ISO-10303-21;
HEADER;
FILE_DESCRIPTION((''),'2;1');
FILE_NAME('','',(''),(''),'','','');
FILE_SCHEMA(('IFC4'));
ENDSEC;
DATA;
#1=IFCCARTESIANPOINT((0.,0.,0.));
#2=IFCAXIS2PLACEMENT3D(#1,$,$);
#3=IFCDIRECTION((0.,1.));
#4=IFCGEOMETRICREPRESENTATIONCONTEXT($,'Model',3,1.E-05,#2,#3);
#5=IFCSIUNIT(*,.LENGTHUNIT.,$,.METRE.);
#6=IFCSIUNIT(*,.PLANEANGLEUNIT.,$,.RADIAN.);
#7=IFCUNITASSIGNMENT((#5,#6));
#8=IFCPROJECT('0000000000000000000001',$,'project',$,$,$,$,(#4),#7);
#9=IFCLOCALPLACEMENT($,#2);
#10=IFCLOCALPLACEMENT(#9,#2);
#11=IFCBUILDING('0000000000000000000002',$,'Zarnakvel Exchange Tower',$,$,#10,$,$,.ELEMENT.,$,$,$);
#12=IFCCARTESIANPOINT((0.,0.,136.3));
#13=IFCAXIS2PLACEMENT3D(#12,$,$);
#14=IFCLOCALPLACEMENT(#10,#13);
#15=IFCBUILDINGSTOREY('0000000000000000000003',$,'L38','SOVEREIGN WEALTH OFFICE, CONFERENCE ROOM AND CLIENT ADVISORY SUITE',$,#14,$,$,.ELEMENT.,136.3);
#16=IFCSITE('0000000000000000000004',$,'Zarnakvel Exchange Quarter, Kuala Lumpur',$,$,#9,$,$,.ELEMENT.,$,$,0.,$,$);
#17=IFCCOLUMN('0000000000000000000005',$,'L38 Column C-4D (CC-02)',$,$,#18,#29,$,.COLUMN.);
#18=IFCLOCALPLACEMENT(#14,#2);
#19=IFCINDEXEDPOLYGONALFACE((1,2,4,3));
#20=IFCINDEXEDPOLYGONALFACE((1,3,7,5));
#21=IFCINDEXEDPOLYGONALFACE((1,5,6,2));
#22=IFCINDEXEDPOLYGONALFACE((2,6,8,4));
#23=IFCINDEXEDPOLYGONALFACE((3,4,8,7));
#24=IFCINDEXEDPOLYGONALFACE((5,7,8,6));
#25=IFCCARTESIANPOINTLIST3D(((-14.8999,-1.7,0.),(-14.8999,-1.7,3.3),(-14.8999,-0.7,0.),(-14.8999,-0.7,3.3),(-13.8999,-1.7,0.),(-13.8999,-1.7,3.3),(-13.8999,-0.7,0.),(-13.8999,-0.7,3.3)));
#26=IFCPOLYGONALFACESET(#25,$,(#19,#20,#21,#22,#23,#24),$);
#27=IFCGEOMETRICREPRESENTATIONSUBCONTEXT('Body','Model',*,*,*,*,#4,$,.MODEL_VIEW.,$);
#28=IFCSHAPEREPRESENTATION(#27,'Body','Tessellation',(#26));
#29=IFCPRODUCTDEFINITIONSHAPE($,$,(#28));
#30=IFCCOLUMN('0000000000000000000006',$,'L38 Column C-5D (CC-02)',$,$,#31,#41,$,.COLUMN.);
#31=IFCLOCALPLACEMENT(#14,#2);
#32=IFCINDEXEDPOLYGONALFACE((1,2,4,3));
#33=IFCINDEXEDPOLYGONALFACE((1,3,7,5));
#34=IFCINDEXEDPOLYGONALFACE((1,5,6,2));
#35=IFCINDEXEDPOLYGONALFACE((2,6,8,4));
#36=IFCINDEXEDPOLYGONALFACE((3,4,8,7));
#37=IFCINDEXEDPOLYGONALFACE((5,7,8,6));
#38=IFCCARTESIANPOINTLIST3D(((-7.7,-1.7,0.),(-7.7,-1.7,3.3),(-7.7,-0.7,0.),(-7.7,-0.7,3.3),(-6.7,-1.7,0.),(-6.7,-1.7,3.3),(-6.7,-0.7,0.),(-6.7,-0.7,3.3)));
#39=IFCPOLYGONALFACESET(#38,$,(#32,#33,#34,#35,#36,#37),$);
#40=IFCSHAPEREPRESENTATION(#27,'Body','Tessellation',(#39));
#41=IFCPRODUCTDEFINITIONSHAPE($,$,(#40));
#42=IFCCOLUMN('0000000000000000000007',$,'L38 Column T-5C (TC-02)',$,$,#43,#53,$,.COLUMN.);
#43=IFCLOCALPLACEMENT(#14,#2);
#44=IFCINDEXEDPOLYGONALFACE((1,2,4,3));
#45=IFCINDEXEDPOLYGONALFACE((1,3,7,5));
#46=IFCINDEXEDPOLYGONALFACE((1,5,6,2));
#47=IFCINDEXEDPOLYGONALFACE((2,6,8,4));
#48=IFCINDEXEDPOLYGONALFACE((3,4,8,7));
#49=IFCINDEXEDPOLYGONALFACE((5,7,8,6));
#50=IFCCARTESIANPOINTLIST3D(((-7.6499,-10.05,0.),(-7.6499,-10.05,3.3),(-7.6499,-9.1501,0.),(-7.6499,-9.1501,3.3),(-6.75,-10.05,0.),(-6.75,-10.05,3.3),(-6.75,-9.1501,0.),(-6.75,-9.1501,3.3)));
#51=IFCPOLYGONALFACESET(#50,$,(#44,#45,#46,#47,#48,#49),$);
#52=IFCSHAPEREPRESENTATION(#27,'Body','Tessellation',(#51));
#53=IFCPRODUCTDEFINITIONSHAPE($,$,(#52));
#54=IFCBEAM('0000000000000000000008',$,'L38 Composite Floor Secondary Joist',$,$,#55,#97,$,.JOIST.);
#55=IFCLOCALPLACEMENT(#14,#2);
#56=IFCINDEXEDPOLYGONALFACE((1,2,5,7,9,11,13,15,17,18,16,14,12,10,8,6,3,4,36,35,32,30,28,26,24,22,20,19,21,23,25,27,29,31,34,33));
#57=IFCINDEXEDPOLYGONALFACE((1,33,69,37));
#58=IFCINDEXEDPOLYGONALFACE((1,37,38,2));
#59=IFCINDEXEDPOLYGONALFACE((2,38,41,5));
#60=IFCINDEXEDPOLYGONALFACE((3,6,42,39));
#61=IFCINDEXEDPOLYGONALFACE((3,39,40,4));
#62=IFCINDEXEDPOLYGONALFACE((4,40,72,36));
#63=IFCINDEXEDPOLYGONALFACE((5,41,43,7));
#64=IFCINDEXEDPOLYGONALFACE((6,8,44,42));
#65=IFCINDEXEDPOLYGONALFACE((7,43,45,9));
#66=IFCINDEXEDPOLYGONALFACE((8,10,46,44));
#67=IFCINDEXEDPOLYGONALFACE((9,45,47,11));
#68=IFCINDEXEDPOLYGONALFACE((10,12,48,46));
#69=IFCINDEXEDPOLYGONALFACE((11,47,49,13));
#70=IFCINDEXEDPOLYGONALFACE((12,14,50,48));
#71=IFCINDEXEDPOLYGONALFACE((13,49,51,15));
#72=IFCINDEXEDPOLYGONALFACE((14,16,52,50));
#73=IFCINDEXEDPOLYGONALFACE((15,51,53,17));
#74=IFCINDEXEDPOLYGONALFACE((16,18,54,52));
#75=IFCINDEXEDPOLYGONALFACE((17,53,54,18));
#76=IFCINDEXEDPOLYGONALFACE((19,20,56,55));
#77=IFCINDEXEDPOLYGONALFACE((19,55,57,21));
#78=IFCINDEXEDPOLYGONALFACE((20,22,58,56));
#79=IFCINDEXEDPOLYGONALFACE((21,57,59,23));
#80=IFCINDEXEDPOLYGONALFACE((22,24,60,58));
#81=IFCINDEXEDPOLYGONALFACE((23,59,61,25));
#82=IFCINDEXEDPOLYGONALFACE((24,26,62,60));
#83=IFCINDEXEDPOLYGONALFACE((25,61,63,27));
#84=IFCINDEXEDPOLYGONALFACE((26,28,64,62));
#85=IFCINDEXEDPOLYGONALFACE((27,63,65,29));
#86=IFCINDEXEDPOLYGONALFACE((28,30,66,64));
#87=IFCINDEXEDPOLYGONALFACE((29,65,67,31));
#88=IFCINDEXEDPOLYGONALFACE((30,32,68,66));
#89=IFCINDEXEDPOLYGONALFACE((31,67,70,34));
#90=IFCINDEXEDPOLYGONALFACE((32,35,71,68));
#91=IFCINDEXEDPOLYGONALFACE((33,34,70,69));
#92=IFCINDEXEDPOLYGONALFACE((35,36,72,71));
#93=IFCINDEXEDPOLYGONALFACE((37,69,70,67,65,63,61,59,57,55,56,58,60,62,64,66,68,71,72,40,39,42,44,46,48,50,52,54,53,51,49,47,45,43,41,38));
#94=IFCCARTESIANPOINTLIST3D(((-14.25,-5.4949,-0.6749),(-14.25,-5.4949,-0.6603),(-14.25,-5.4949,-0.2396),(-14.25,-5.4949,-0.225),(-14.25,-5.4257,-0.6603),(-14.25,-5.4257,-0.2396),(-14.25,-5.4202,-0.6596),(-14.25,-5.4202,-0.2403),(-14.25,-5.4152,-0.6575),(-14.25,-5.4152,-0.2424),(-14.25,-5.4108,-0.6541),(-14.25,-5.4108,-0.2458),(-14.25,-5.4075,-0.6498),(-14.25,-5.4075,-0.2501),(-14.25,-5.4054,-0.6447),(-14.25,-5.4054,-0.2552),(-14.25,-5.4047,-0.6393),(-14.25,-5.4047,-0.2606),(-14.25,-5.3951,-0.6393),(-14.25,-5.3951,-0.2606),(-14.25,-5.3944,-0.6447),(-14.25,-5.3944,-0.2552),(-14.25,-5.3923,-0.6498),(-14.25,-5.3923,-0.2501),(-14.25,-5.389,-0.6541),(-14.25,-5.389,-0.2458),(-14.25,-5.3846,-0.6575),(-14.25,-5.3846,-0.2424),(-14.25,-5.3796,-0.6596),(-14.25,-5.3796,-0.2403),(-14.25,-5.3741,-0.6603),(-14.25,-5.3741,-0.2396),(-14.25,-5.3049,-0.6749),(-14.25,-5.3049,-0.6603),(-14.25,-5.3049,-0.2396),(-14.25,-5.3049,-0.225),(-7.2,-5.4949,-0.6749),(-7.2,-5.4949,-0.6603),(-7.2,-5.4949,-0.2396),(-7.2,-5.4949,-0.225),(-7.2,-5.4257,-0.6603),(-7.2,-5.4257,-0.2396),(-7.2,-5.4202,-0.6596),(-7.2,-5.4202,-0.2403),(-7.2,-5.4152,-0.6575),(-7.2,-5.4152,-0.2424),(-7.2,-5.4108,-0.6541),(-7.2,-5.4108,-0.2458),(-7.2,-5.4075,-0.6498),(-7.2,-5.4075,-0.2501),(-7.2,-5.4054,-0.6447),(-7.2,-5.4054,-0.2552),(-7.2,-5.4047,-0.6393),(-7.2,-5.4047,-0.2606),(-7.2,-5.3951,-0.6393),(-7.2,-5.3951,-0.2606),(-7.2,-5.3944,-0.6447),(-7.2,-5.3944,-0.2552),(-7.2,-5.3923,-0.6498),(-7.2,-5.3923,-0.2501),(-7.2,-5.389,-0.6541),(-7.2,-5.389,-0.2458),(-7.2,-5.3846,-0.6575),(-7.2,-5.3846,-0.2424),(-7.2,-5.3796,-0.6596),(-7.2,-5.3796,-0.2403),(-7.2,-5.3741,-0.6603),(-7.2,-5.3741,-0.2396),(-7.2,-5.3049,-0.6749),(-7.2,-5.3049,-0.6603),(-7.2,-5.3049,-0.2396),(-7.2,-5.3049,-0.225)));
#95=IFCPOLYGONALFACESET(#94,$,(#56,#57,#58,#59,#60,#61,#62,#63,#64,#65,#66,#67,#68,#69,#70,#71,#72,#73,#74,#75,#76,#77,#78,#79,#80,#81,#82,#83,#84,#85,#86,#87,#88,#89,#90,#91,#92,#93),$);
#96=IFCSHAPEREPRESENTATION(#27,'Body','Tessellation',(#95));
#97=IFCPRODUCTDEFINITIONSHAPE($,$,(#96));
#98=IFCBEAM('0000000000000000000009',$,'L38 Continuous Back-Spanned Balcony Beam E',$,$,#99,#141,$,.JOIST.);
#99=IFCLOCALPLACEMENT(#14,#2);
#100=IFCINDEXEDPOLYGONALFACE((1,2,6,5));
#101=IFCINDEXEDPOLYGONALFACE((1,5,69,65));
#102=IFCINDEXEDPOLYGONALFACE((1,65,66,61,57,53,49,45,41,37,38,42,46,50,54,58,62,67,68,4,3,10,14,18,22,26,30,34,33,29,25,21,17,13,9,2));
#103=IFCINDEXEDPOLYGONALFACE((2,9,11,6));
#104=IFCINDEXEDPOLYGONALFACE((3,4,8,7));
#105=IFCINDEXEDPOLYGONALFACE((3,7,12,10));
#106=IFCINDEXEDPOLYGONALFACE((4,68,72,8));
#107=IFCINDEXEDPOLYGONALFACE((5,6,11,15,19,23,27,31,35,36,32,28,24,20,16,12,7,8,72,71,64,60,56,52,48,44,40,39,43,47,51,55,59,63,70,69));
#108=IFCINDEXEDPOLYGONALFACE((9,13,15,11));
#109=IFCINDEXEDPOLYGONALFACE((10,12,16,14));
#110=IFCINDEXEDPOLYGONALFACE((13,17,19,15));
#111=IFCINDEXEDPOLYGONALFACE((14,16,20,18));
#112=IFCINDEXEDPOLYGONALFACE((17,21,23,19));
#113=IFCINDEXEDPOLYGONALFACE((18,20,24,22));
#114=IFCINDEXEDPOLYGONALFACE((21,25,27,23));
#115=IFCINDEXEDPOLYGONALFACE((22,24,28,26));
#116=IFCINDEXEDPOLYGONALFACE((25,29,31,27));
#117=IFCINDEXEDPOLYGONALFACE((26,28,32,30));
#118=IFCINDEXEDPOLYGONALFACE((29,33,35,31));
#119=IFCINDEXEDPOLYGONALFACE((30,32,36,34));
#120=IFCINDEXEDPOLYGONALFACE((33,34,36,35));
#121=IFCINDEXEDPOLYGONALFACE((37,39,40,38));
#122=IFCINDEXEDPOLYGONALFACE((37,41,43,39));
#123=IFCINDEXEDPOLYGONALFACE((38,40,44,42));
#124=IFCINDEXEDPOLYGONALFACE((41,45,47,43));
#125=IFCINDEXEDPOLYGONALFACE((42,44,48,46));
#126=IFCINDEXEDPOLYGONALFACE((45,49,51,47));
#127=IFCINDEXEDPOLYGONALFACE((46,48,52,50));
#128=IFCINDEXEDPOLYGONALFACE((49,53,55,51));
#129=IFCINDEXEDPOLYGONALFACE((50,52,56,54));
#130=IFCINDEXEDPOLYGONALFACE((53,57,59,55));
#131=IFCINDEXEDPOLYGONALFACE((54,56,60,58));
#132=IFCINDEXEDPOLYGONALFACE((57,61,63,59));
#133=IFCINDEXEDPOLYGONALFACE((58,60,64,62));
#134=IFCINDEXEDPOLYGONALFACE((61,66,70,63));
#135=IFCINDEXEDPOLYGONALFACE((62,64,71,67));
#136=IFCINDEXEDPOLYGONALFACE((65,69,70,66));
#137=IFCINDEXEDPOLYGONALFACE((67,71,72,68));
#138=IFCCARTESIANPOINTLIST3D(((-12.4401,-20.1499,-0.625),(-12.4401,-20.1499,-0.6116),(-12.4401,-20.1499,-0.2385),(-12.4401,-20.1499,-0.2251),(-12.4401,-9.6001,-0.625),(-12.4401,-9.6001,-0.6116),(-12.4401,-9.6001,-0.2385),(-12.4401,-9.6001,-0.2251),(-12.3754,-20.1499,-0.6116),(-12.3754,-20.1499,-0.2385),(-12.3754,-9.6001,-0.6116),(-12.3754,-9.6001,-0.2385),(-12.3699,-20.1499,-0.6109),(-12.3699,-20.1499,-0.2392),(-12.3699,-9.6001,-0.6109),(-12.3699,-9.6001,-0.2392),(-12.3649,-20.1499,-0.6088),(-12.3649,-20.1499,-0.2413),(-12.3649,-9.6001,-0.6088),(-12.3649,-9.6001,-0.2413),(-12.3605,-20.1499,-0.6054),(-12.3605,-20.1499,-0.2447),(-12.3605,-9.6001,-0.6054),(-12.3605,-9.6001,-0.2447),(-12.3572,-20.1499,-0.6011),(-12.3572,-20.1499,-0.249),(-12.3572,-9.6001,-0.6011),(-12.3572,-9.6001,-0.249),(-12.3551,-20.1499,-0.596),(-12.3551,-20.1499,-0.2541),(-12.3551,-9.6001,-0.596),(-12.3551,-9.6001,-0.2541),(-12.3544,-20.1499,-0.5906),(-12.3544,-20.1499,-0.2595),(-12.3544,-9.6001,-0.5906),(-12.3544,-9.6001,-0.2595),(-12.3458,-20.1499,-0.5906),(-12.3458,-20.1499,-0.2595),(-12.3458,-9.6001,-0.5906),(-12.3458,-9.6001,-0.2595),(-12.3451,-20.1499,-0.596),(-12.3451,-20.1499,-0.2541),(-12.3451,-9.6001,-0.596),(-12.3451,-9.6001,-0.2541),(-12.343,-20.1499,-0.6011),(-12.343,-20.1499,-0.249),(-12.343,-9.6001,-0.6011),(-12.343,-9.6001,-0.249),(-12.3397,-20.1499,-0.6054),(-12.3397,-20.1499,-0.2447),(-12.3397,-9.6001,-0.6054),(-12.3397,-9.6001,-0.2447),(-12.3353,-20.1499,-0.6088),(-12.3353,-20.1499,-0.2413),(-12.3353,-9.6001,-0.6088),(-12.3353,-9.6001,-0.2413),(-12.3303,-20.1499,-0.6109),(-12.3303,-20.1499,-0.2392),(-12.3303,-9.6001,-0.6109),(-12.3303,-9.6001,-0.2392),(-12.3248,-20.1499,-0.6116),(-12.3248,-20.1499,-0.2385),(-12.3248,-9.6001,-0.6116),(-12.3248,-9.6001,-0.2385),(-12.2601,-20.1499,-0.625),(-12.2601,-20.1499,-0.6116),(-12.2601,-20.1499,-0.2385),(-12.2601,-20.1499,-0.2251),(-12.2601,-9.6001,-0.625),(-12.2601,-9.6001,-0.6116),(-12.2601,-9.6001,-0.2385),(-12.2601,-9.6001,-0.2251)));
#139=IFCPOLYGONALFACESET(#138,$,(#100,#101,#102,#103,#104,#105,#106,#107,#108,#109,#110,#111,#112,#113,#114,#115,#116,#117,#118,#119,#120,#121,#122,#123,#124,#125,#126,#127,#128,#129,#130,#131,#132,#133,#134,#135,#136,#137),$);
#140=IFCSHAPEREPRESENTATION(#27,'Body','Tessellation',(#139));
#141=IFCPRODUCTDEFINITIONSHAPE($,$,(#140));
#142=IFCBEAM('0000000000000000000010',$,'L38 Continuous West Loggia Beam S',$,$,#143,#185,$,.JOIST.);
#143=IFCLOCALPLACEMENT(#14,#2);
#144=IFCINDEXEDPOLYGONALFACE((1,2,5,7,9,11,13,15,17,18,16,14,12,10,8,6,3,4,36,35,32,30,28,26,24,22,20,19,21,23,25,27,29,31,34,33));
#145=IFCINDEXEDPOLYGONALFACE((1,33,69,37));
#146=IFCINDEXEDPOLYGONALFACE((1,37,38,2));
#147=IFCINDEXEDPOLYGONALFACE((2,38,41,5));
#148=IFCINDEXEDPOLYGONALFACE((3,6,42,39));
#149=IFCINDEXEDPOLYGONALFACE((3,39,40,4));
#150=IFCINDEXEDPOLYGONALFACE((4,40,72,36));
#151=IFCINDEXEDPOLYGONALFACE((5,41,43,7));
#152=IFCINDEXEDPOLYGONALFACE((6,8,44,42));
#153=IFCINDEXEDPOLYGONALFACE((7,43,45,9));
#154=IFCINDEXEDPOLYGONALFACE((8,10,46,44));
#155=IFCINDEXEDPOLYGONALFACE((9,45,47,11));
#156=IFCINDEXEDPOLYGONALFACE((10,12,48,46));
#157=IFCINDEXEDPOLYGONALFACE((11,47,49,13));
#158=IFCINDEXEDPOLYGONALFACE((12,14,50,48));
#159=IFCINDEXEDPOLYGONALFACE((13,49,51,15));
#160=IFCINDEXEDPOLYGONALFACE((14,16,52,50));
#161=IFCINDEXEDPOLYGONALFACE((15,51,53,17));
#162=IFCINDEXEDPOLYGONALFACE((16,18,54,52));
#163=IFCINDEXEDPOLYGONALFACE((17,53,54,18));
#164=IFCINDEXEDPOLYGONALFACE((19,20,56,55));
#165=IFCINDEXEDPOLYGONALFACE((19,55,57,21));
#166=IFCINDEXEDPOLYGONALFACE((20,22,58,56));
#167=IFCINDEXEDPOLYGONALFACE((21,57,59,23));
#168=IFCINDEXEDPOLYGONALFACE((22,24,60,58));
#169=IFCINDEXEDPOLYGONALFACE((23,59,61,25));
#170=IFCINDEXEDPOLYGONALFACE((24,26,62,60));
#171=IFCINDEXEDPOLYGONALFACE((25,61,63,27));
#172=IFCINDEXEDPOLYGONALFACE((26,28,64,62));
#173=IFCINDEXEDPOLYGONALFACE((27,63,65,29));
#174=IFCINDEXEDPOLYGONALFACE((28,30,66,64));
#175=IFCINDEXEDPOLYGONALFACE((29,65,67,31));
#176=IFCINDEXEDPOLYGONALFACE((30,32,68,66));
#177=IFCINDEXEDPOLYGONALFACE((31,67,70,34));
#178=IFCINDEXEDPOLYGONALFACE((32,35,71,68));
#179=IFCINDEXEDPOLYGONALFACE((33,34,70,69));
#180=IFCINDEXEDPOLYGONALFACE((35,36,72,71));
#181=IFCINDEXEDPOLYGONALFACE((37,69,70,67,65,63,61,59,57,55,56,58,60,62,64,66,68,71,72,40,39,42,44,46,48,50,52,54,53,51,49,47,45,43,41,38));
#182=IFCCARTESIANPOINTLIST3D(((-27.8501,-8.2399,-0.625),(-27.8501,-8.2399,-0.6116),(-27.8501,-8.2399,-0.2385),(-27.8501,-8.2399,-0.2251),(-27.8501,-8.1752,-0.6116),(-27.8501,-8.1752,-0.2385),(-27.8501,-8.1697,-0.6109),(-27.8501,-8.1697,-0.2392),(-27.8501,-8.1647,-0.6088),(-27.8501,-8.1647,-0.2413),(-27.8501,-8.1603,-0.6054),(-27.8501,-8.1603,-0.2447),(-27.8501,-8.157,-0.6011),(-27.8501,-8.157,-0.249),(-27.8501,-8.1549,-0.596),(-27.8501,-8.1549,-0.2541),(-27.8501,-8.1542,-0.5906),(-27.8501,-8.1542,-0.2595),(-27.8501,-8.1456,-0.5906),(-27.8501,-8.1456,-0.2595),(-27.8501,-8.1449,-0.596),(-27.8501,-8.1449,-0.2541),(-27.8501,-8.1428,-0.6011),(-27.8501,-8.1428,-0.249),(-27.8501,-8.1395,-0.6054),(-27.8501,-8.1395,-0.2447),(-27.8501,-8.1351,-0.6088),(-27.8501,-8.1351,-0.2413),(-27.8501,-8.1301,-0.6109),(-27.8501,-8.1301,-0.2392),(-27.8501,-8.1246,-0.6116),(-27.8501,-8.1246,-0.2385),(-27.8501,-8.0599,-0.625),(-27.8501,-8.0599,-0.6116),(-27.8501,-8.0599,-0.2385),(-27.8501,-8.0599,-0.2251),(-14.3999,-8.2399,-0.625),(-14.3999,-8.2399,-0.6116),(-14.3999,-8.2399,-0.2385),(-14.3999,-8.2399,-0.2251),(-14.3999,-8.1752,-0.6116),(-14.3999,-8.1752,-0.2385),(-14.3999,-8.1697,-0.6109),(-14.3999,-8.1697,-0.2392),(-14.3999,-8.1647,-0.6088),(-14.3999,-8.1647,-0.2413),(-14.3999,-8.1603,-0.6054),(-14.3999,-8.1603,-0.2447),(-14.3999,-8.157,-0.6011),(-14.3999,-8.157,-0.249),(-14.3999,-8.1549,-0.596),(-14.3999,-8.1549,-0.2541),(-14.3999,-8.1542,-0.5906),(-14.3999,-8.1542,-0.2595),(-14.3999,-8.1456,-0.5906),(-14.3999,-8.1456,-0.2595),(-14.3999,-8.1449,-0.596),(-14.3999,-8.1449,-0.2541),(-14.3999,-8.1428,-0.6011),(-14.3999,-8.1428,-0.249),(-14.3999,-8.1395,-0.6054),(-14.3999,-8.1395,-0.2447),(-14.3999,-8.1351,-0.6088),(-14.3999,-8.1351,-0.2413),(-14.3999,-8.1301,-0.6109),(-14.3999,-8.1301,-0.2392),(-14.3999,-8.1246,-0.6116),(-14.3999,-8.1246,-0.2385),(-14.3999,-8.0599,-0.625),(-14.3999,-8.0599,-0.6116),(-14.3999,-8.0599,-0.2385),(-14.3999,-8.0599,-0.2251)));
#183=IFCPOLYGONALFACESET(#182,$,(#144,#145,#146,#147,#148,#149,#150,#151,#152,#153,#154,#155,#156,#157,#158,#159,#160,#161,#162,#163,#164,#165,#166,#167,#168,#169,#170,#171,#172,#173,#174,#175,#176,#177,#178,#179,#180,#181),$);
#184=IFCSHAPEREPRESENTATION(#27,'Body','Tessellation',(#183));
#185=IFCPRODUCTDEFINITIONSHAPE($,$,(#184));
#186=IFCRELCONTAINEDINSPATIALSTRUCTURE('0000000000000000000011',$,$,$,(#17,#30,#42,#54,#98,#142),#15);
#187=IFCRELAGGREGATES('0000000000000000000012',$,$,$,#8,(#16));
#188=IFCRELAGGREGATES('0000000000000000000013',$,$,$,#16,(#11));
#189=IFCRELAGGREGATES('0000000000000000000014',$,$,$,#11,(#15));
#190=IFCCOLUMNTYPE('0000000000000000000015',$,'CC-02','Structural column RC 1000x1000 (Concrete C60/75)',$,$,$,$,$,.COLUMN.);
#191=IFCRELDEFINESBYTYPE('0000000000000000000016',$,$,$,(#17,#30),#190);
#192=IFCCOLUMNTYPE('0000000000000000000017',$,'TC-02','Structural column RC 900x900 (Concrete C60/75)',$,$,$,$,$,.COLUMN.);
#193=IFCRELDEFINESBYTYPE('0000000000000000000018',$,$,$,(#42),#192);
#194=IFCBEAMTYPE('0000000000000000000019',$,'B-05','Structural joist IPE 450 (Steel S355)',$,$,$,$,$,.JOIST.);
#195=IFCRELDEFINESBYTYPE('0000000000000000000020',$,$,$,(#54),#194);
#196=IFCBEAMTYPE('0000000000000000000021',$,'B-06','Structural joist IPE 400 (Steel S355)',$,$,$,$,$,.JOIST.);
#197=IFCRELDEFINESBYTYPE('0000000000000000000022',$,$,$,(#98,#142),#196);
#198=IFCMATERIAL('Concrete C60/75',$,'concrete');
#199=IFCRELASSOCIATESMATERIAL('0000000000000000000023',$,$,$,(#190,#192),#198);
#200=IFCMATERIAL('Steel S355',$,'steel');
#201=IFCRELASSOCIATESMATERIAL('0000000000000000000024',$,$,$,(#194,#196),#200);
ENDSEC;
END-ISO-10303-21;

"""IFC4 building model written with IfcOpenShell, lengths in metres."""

from ifc_helpers import new_model, si_unit, direction, frame, origin, origin_2d, place, context, subcontext, project, spatial, rectangle, i_section, extrude, material, material_profile, profile_set, type_object, element, save


model = new_model("IFC4")

# Units and contexts
model_context = context("Model", 3, precision=1e-05, world=origin(), true_north=direction((0.0, 1.0)))
body_context = subcontext(model_context, "Body", "Model", "MODEL_VIEW")
ifc_project = project(units=[si_unit("LENGTHUNIT", "METRE"), si_unit("PLANEANGLEUNIT", "RADIAN")], contexts=[model_context])

# Site, building, storey
site_placement = place(None, origin())
site = spatial("IfcSite", under=ifc_project, at=site_placement, Name="Zarnakvel Exchange Quarter, Kuala Lumpur", CompositionType="ELEMENT", RefElevation=0.0)
building_placement = place(site_placement, origin())
building = spatial("IfcBuilding", under=site, at=building_placement, Name="Zarnakvel Exchange Tower", CompositionType="ELEMENT")
storey_placement = place(building_placement, frame((0.0, 0.0, 136.3)))
storey = spatial("IfcBuildingStorey", under=building, at=storey_placement, Name="L38", Description="SOVEREIGN WEALTH OFFICE, CONFERENCE ROOM AND CLIENT ADVISORY SUITE", CompositionType="ELEMENT", Elevation=136.3)

# Columns
ifc_material_1 = material(Name="Concrete C60/75", Category="concrete")
ifc_material_profile_1 = material_profile(ifc_material_1, rectangle(XDim=1.0, YDim=1.0, at=origin_2d()))
ifc_profile_set_1 = profile_set([ifc_material_profile_1], Name="Concrete C60/75")
column_type_1 = type_object("IfcColumnType", Name="CC-02", Description="Structural column RC 1000x1000 (Concrete C60/75)", PredefinedType="COLUMN", material=ifc_profile_set_1)
for number, where, z_axis, x_axis, name in (
    (1, (-14.3999, -1.2, 0.0), (0.0, 0.0, 1.0), (1.0, 0.0, 0.0), "L38 Column C-4D (CC-02)"),
    (2, (-7.2, -1.2, 0.0), (0.0, 0.0, 1.0), (1.0, 0.0, 0.0), "L38 Column C-5D (CC-02)"),
):
    element("IfcColumn", number, at=place(storey_placement, frame(where, z_axis=z_axis, x_axis=x_axis)), inside=storey, type_object=column_type_1, Name=name, PredefinedType="COLUMN", context=body_context, shape_type="SweptSolid", body=[
        extrude(rectangle(XDim=1.0, YDim=1.0, at=origin_2d()), origin(), (0.0, 0.0, 1.0), 3.3),
    ])
ifc_material_profile_2 = material_profile(ifc_material_1, rectangle(XDim=0.8999, YDim=0.8999, at=origin_2d()))
ifc_profile_set_2 = profile_set([ifc_material_profile_2], Name="Concrete C60/75")
column_type_2 = type_object("IfcColumnType", Name="TC-02", Description="Structural column RC 900x900 (Concrete C60/75)", PredefinedType="COLUMN", material=ifc_profile_set_2)
column_placement = place(storey_placement, frame((-7.2, -9.6001, 0.0), z_axis=(0.0, 0.0, 1.0), x_axis=(1.0, 0.0, 0.0)))
element("IfcColumn", 3, at=column_placement, inside=storey, type_object=column_type_2, Name="L38 Column T-5C (TC-02)", PredefinedType="COLUMN", context=body_context, shape_type="SweptSolid", body=[
    extrude(rectangle(XDim=0.8999, YDim=0.8999, at=origin_2d()), origin(), (0.0, 0.0, 1.0), 3.3),
])

# Beams
ifc_material_2 = material(Name="Steel S355", Category="steel")
ifc_material_profile_3 = material_profile(ifc_material_2, i_section(OverallWidth=0.1899, OverallDepth=0.45, WebThickness=0.0095, FlangeThickness=0.0146, FilletRadius=0.021, at=origin_2d()))
ifc_profile_set_3 = profile_set([ifc_material_profile_3], Name="Steel S355")
beam_type_1 = type_object("IfcBeamType", Name="B-05", Description="Structural joist IPE 450 (Steel S355)", PredefinedType="JOIST", material=ifc_profile_set_3)
beam_1_placement = place(storey_placement, frame((-14.25, -5.3999, -0.45), z_axis=(1.0, 0.0, 0.0), x_axis=(0.0, 1.0, 0.0)))
element("IfcBeam", 4, at=beam_1_placement, inside=storey, type_object=beam_type_1, Name="L38 Composite Floor Secondary Joist", PredefinedType="JOIST", context=body_context, shape_type="SweptSolid", body=[
    extrude(i_section(OverallWidth=0.1899, OverallDepth=0.45, WebThickness=0.0095, FlangeThickness=0.0146, FilletRadius=0.021, at=origin_2d()), origin(), (0.0, 0.0, 1.0), 7.05),
])
ifc_material_profile_4 = material_profile(ifc_material_2, i_section(OverallWidth=0.1799, OverallDepth=0.3999, WebThickness=0.0085, FlangeThickness=0.0134, FilletRadius=0.021, at=origin_2d()))
ifc_profile_set_4 = profile_set([ifc_material_profile_4], Name="Steel S355")
beam_type_2 = type_object("IfcBeamType", Name="B-06", Description="Structural joist IPE 400 (Steel S355)", PredefinedType="JOIST", material=ifc_profile_set_4)
beam_2_placement = place(storey_placement, frame((-12.3501, -9.6001, -0.425), z_axis=(0.0, -1.0, 0.0), x_axis=(1.0, 0.0, 0.0)))
element("IfcBeam", 5, at=beam_2_placement, inside=storey, type_object=beam_type_2, Name="L38 Continuous Back-Spanned Balcony Beam E", PredefinedType="JOIST", context=body_context, shape_type="SweptSolid", body=[
    extrude(i_section(OverallWidth=0.1799, OverallDepth=0.3999, WebThickness=0.0085, FlangeThickness=0.0134, FilletRadius=0.021, at=origin_2d()), origin(), (0.0, 0.0, 1.0), 10.5498),
])
for number, where, z_axis, x_axis, name in (
    (6, (-14.3999, -8.1499, -0.425), (-1.0, 0.0, 0.0), (0.0, -1.0, 0.0), "L38 Continuous West Loggia Beam S"),
):
    element("IfcBeam", number, at=place(storey_placement, frame(where, z_axis=z_axis, x_axis=x_axis)), inside=storey, type_object=beam_type_2, Name=name, PredefinedType="JOIST", context=body_context, shape_type="SweptSolid", body=[
        extrude(i_section(OverallWidth=0.1799, OverallDepth=0.3999, WebThickness=0.0085, FlangeThickness=0.0134, FilletRadius=0.021, at=origin_2d()), origin(), (0.0, 0.0, 1.0), 13.4502),
    ])

save(model, "model.ifc")
